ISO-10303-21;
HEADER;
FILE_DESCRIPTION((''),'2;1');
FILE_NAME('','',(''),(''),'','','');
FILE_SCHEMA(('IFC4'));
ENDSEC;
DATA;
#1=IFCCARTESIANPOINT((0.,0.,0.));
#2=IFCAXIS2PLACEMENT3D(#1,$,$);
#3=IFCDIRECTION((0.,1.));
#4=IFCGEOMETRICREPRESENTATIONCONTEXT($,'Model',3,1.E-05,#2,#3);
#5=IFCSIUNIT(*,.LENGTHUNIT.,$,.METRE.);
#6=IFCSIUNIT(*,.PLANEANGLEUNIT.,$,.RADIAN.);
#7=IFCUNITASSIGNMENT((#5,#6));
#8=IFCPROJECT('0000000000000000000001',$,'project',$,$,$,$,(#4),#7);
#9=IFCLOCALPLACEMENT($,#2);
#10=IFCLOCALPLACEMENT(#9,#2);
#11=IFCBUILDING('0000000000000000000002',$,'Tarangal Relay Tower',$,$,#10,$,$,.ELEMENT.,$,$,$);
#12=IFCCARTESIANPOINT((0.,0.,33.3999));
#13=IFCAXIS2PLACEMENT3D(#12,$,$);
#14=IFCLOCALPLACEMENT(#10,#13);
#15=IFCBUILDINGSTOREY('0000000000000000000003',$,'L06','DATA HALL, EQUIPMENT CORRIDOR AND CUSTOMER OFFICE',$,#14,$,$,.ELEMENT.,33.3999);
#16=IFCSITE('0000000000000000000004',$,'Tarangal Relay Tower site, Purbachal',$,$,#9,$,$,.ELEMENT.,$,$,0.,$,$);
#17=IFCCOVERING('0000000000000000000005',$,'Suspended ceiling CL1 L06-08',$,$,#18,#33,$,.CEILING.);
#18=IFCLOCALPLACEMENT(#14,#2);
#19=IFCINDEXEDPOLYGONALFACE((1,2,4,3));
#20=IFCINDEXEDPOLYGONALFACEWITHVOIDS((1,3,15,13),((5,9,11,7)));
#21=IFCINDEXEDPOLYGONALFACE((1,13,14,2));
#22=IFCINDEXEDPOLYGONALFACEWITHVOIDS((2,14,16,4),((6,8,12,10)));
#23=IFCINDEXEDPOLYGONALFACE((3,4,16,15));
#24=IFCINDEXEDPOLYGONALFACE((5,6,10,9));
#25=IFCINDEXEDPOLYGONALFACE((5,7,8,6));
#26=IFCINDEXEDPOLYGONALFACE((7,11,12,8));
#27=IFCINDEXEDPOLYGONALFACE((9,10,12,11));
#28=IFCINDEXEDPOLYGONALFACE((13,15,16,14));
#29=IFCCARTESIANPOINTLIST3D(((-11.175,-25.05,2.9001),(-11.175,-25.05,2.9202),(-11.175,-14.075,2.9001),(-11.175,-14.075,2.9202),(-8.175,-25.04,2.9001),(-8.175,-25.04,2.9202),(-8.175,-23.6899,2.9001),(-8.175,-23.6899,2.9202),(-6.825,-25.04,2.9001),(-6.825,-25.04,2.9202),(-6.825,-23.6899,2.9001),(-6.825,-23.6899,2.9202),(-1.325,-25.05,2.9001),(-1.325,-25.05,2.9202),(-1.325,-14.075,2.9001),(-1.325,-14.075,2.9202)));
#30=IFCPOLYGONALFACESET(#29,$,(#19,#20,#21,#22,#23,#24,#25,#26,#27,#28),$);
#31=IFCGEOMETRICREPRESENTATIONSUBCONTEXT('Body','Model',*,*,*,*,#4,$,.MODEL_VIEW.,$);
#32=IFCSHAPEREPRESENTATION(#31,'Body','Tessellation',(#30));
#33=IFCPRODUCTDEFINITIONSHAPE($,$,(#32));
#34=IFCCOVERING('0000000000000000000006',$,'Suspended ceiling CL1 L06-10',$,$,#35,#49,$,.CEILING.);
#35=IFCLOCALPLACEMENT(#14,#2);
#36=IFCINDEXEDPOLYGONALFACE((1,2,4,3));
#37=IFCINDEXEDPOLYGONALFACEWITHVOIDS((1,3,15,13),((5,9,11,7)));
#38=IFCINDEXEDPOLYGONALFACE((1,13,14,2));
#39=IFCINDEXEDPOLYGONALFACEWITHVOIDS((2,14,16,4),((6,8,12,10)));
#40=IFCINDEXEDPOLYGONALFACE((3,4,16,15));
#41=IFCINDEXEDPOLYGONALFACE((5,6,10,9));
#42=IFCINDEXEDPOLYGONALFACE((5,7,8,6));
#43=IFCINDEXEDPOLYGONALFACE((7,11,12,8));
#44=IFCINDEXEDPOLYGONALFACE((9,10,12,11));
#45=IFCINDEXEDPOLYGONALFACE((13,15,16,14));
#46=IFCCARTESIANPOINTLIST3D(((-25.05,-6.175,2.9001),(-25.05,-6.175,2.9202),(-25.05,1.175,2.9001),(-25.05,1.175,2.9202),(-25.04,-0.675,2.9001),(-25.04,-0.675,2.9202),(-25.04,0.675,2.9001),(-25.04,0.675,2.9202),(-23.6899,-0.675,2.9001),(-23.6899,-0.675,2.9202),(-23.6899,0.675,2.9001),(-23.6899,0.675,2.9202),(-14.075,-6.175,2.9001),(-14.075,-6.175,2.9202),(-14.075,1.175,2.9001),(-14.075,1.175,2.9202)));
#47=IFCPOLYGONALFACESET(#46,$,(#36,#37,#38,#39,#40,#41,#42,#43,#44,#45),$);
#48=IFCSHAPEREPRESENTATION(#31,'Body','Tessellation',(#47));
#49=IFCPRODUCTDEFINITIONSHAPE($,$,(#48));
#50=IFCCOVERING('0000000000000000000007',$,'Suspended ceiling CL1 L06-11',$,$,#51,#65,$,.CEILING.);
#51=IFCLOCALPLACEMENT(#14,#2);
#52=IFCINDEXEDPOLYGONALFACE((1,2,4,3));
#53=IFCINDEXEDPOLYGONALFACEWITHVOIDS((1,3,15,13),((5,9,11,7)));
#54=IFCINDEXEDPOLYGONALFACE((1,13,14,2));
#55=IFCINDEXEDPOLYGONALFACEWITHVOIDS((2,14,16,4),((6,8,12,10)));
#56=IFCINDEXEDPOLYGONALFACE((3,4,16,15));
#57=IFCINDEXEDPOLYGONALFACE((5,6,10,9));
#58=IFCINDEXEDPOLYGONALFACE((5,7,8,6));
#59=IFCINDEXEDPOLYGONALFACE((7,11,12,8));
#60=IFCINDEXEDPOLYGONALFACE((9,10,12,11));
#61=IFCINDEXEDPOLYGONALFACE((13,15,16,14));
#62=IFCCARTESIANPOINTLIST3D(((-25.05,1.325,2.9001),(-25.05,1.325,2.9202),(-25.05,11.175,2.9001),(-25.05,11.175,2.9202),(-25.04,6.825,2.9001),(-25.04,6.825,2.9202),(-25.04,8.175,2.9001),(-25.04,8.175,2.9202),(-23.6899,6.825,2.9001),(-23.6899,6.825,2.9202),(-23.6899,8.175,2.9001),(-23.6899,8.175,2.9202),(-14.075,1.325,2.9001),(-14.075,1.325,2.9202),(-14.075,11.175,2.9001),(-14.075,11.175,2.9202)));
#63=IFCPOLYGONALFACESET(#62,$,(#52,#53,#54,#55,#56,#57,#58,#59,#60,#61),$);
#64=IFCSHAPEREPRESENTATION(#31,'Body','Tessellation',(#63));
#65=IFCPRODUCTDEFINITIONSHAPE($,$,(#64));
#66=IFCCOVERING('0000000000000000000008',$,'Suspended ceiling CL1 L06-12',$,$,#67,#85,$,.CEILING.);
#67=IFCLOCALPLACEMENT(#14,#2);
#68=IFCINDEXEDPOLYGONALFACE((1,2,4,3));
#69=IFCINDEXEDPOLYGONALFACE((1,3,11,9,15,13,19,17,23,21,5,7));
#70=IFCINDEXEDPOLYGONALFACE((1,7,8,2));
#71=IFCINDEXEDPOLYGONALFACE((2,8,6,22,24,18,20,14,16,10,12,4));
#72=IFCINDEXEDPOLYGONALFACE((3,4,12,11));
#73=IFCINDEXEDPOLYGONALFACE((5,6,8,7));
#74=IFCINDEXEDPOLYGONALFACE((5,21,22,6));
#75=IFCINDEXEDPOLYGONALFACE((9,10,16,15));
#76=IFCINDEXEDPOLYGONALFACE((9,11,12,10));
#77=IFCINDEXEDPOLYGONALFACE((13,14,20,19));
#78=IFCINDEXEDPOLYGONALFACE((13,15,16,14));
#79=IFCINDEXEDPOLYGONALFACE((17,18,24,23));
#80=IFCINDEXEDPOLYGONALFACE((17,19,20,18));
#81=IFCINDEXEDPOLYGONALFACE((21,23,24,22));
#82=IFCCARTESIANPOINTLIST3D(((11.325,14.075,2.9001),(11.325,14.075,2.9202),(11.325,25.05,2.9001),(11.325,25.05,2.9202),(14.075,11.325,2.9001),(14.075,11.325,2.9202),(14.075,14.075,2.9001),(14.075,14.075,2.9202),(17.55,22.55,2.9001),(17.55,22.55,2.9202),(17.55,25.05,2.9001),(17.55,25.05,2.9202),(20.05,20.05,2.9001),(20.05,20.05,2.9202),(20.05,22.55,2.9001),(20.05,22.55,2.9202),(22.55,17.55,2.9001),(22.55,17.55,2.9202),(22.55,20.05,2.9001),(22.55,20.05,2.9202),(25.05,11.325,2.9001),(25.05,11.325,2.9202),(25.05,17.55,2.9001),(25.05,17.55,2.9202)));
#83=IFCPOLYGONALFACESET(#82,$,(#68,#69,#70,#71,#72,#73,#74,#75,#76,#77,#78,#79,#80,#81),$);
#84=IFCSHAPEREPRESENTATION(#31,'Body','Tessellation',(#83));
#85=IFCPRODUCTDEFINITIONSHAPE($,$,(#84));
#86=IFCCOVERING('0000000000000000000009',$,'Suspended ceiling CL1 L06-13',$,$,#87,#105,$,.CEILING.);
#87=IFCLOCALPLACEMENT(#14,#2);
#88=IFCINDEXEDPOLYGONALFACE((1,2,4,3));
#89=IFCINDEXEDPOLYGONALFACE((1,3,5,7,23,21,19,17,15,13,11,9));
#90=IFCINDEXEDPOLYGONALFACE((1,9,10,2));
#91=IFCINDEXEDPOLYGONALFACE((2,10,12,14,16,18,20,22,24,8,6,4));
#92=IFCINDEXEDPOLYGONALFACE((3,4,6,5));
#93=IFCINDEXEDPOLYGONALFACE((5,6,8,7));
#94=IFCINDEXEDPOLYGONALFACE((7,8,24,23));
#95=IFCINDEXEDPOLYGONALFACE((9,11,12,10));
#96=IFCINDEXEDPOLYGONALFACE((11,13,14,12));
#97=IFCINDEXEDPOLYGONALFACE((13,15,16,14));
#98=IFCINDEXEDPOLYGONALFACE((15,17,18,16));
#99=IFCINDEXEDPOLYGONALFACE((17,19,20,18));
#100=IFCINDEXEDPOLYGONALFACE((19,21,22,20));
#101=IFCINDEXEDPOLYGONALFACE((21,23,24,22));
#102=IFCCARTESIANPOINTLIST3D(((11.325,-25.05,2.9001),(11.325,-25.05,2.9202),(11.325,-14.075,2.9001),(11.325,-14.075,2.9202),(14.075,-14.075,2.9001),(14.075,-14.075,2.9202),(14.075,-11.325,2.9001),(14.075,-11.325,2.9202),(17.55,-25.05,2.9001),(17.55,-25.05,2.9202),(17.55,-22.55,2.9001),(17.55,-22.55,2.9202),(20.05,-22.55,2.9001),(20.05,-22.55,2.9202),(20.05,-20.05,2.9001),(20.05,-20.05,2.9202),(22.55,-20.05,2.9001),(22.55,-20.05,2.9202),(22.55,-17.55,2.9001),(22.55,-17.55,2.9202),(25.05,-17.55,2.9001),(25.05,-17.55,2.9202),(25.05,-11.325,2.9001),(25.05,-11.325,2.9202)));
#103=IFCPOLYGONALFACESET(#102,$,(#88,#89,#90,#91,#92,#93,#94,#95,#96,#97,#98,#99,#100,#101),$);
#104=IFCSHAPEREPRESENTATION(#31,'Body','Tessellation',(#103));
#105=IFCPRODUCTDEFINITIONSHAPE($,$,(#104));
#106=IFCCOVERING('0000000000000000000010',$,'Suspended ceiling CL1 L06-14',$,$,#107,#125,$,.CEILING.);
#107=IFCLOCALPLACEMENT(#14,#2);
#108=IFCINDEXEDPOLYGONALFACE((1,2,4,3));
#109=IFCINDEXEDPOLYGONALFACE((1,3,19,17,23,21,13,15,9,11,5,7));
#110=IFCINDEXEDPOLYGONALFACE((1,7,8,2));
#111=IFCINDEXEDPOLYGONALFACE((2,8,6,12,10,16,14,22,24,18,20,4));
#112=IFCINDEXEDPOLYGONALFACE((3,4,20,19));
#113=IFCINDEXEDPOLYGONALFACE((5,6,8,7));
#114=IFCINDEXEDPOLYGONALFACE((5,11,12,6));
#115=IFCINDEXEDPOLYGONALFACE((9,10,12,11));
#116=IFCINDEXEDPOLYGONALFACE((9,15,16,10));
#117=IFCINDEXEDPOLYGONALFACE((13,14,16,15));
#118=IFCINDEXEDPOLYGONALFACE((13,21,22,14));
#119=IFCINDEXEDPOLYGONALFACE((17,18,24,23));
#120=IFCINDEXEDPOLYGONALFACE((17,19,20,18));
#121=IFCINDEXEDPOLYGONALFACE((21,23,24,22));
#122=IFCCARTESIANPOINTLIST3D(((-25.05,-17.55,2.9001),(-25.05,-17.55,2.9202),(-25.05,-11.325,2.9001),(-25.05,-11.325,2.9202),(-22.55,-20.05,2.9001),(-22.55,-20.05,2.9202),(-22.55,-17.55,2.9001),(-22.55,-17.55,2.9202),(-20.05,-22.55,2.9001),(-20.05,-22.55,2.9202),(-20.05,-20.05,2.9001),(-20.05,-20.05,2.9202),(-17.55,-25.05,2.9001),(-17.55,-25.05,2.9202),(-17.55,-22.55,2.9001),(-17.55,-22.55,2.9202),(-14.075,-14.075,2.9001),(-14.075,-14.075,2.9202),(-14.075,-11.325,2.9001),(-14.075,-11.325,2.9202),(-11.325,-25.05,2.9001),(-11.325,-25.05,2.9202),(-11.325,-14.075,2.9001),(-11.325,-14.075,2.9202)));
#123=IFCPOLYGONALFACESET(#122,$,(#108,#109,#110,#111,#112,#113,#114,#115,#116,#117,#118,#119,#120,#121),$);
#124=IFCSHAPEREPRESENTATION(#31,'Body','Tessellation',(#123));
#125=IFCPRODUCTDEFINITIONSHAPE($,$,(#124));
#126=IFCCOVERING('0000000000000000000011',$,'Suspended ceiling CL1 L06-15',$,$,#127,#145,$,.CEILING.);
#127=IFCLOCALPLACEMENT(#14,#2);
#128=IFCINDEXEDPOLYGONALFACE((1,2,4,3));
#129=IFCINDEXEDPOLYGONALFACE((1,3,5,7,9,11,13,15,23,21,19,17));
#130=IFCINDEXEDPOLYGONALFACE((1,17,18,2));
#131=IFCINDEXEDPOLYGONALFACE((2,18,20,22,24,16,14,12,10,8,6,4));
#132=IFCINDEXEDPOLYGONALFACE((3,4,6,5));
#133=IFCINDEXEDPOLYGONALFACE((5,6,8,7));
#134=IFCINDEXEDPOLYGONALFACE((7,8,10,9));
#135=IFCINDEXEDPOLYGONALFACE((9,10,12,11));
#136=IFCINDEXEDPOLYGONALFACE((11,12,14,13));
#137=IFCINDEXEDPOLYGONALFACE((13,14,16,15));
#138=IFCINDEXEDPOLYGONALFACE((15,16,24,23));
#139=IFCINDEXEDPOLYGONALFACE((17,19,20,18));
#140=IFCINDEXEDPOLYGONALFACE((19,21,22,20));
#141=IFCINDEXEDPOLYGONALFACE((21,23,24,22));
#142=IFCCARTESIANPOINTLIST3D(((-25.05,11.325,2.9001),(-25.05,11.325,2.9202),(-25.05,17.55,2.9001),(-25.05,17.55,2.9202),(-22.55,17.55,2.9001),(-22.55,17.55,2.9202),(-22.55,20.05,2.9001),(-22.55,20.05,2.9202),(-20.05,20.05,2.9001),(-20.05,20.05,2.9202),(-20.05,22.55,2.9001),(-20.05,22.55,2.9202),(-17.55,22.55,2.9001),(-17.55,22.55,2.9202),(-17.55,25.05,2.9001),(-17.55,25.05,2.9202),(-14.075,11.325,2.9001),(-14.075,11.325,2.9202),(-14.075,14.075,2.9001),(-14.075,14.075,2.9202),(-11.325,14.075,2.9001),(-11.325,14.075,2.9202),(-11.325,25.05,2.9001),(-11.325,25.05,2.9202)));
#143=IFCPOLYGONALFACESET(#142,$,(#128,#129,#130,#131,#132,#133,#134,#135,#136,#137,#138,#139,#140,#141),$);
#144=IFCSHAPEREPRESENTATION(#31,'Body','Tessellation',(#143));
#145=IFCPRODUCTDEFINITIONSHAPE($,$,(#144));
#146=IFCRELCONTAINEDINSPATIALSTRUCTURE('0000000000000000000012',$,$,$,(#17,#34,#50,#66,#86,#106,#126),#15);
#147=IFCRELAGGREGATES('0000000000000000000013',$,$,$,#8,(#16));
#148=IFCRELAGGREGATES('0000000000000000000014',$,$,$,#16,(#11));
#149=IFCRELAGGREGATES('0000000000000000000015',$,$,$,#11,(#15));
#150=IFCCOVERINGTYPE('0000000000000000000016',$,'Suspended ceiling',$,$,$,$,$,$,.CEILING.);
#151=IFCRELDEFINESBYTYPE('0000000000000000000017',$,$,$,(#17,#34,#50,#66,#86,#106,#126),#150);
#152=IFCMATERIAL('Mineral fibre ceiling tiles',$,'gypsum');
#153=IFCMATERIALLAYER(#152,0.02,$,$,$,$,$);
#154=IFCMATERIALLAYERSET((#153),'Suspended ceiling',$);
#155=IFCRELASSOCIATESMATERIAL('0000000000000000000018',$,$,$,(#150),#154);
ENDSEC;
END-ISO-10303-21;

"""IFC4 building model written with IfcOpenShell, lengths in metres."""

from ifc_helpers import new_model, si_unit, direction, frame, origin, place, context, subcontext, project, spatial, polyline, outline, extrude, material, layer, layer_set, type_object, element, save


model = new_model("IFC4")

# Units and contexts
model_context = context("Model", 3, precision=1e-05, world=origin(), true_north=direction((0.0, 1.0)))
body_context = subcontext(model_context, "Body", "Model", "MODEL_VIEW")
ifc_project = project(units=[si_unit("LENGTHUNIT", "METRE"), si_unit("PLANEANGLEUNIT", "RADIAN")], contexts=[model_context])

# Site, building, storey
site_placement = place(None, origin())
site = spatial("IfcSite", under=ifc_project, at=site_placement, Name="Tarangal Relay Tower site, Purbachal", CompositionType="ELEMENT", RefElevation=0.0)
building_placement = place(site_placement, origin())
building = spatial("IfcBuilding", under=site, at=building_placement, Name="Tarangal Relay Tower", CompositionType="ELEMENT")
storey_placement = place(building_placement, frame((0.0, 0.0, 33.3999)))
storey = spatial("IfcBuildingStorey", under=building, at=storey_placement, Name="L06", Description="DATA HALL, EQUIPMENT CORRIDOR AND CUSTOMER OFFICE", CompositionType="ELEMENT", Elevation=33.3999)

# Coverings
ifc_material_1 = material(Name="Mineral fibre ceiling tiles", Category="gypsum")
ifc_layer_1 = layer(ifc_material_1, 0.02)
ifc_layer_set_1 = layer_set([ifc_layer_1], Name="Suspended ceiling")
covering_type_1 = type_object("IfcCoveringType", Name="Suspended ceiling", PredefinedType="CEILING", material=ifc_layer_set_1)
covering_1_placement = place(storey_placement, frame((0.0, 0.0, 2.9001)))
element("IfcCovering", 1, at=covering_1_placement, inside=storey, type_object=covering_type_1, Name="Suspended ceiling CL1 L06-08", PredefinedType="CEILING", context=body_context, shape_type="SweptSolid", body=[
    extrude(outline(polyline([(-11.175, -25.05), (-1.325, -25.05), (-1.325, -14.075), (-11.175, -14.075), (-11.175, -25.05)]), holes=[polyline([(-6.825, -23.6899), (-8.175, -23.6899), (-8.175, -25.04), (-6.825, -25.04), (-6.825, -23.6899)])]), origin(), (0.0, 0.0, 1.0), 0.02),
])
covering_2_placement = place(storey_placement, frame((0.0, 0.0, 2.9001)))
element("IfcCovering", 2, at=covering_2_placement, inside=storey, type_object=covering_type_1, Name="Suspended ceiling CL1 L06-10", PredefinedType="CEILING", context=body_context, shape_type="SweptSolid", body=[
    extrude(outline(polyline([(-25.05, 1.175), (-25.05, -6.175), (-14.075, -6.175), (-14.075, 1.175), (-25.05, 1.175)]), holes=[polyline([(-23.6899, 0.675), (-25.04, 0.675), (-25.04, -0.675), (-23.6899, -0.675), (-23.6899, 0.675)])]), origin(), (0.0, 0.0, 1.0), 0.02),
])
covering_3_placement = place(storey_placement, frame((0.0, 0.0, 2.9001)))
element("IfcCovering", 3, at=covering_3_placement, inside=storey, type_object=covering_type_1, Name="Suspended ceiling CL1 L06-11", PredefinedType="CEILING", context=body_context, shape_type="SweptSolid", body=[
    extrude(outline(polyline([(-25.05, 11.175), (-25.05, 1.325), (-14.075, 1.325), (-14.075, 11.175), (-25.05, 11.175)]), holes=[polyline([(-23.6899, 8.175), (-25.04, 8.175), (-25.04, 6.825), (-23.6899, 6.825), (-23.6899, 8.175)])]), origin(), (0.0, 0.0, 1.0), 0.02),
])
covering_4_placement = place(storey_placement, frame((0.0, 0.0, 2.9001)))
element("IfcCovering", 4, at=covering_4_placement, inside=storey, type_object=covering_type_1, Name="Suspended ceiling CL1 L06-12", PredefinedType="CEILING", context=body_context, shape_type="SweptSolid", body=[
    extrude(outline(polyline([(17.55, 25.05), (11.325, 25.05), (11.325, 14.075), (14.075, 14.075), (14.075, 11.325), (25.05, 11.325), (25.05, 17.55), (22.55, 17.55), (22.55, 20.05), (20.05, 20.05), (20.05, 22.55), (17.55, 22.55), (17.55, 25.05)])), origin(), (0.0, 0.0, 1.0), 0.02),
])
covering_5_placement = place(storey_placement, frame((0.0, 0.0, 2.9001)))
element("IfcCovering", 5, at=covering_5_placement, inside=storey, type_object=covering_type_1, Name="Suspended ceiling CL1 L06-13", PredefinedType="CEILING", context=body_context, shape_type="SweptSolid", body=[
    extrude(outline(polyline([(25.05, -17.55), (25.05, -11.325), (14.075, -11.325), (14.075, -14.075), (11.325, -14.075), (11.325, -25.05), (17.55, -25.05), (17.55, -22.55), (20.05, -22.55), (20.05, -20.05), (22.55, -20.05), (22.55, -17.55), (25.05, -17.55)])), origin(), (0.0, 0.0, 1.0), 0.02),
])
covering_6_placement = place(storey_placement, frame((0.0, 0.0, 2.9001)))
element("IfcCovering", 6, at=covering_6_placement, inside=storey, type_object=covering_type_1, Name="Suspended ceiling CL1 L06-14", PredefinedType="CEILING", context=body_context, shape_type="SweptSolid", body=[
    extrude(outline(polyline([(-17.55, -22.55), (-17.55, -25.05), (-11.325, -25.05), (-11.325, -14.075), (-14.075, -14.075), (-14.075, -11.325), (-25.05, -11.325), (-25.05, -17.55), (-22.55, -17.55), (-22.55, -20.05), (-20.05, -20.05), (-20.05, -22.55), (-17.55, -22.55)])), origin(), (0.0, 0.0, 1.0), 0.02),
])
covering_7_placement = place(storey_placement, frame((0.0, 0.0, 2.9001)))
element("IfcCovering", 7, at=covering_7_placement, inside=storey, type_object=covering_type_1, Name="Suspended ceiling CL1 L06-15", PredefinedType="CEILING", context=body_context, shape_type="SweptSolid", body=[
    extrude(outline(polyline([(-22.55, 17.55), (-25.05, 17.55), (-25.05, 11.325), (-14.075, 11.325), (-14.075, 14.075), (-11.325, 14.075), (-11.325, 25.05), (-17.55, 25.05), (-17.55, 22.55), (-20.05, 22.55), (-20.05, 20.05), (-22.55, 20.05), (-22.55, 17.55)])), origin(), (0.0, 0.0, 1.0), 0.02),
])

save(model, "model.ifc")
